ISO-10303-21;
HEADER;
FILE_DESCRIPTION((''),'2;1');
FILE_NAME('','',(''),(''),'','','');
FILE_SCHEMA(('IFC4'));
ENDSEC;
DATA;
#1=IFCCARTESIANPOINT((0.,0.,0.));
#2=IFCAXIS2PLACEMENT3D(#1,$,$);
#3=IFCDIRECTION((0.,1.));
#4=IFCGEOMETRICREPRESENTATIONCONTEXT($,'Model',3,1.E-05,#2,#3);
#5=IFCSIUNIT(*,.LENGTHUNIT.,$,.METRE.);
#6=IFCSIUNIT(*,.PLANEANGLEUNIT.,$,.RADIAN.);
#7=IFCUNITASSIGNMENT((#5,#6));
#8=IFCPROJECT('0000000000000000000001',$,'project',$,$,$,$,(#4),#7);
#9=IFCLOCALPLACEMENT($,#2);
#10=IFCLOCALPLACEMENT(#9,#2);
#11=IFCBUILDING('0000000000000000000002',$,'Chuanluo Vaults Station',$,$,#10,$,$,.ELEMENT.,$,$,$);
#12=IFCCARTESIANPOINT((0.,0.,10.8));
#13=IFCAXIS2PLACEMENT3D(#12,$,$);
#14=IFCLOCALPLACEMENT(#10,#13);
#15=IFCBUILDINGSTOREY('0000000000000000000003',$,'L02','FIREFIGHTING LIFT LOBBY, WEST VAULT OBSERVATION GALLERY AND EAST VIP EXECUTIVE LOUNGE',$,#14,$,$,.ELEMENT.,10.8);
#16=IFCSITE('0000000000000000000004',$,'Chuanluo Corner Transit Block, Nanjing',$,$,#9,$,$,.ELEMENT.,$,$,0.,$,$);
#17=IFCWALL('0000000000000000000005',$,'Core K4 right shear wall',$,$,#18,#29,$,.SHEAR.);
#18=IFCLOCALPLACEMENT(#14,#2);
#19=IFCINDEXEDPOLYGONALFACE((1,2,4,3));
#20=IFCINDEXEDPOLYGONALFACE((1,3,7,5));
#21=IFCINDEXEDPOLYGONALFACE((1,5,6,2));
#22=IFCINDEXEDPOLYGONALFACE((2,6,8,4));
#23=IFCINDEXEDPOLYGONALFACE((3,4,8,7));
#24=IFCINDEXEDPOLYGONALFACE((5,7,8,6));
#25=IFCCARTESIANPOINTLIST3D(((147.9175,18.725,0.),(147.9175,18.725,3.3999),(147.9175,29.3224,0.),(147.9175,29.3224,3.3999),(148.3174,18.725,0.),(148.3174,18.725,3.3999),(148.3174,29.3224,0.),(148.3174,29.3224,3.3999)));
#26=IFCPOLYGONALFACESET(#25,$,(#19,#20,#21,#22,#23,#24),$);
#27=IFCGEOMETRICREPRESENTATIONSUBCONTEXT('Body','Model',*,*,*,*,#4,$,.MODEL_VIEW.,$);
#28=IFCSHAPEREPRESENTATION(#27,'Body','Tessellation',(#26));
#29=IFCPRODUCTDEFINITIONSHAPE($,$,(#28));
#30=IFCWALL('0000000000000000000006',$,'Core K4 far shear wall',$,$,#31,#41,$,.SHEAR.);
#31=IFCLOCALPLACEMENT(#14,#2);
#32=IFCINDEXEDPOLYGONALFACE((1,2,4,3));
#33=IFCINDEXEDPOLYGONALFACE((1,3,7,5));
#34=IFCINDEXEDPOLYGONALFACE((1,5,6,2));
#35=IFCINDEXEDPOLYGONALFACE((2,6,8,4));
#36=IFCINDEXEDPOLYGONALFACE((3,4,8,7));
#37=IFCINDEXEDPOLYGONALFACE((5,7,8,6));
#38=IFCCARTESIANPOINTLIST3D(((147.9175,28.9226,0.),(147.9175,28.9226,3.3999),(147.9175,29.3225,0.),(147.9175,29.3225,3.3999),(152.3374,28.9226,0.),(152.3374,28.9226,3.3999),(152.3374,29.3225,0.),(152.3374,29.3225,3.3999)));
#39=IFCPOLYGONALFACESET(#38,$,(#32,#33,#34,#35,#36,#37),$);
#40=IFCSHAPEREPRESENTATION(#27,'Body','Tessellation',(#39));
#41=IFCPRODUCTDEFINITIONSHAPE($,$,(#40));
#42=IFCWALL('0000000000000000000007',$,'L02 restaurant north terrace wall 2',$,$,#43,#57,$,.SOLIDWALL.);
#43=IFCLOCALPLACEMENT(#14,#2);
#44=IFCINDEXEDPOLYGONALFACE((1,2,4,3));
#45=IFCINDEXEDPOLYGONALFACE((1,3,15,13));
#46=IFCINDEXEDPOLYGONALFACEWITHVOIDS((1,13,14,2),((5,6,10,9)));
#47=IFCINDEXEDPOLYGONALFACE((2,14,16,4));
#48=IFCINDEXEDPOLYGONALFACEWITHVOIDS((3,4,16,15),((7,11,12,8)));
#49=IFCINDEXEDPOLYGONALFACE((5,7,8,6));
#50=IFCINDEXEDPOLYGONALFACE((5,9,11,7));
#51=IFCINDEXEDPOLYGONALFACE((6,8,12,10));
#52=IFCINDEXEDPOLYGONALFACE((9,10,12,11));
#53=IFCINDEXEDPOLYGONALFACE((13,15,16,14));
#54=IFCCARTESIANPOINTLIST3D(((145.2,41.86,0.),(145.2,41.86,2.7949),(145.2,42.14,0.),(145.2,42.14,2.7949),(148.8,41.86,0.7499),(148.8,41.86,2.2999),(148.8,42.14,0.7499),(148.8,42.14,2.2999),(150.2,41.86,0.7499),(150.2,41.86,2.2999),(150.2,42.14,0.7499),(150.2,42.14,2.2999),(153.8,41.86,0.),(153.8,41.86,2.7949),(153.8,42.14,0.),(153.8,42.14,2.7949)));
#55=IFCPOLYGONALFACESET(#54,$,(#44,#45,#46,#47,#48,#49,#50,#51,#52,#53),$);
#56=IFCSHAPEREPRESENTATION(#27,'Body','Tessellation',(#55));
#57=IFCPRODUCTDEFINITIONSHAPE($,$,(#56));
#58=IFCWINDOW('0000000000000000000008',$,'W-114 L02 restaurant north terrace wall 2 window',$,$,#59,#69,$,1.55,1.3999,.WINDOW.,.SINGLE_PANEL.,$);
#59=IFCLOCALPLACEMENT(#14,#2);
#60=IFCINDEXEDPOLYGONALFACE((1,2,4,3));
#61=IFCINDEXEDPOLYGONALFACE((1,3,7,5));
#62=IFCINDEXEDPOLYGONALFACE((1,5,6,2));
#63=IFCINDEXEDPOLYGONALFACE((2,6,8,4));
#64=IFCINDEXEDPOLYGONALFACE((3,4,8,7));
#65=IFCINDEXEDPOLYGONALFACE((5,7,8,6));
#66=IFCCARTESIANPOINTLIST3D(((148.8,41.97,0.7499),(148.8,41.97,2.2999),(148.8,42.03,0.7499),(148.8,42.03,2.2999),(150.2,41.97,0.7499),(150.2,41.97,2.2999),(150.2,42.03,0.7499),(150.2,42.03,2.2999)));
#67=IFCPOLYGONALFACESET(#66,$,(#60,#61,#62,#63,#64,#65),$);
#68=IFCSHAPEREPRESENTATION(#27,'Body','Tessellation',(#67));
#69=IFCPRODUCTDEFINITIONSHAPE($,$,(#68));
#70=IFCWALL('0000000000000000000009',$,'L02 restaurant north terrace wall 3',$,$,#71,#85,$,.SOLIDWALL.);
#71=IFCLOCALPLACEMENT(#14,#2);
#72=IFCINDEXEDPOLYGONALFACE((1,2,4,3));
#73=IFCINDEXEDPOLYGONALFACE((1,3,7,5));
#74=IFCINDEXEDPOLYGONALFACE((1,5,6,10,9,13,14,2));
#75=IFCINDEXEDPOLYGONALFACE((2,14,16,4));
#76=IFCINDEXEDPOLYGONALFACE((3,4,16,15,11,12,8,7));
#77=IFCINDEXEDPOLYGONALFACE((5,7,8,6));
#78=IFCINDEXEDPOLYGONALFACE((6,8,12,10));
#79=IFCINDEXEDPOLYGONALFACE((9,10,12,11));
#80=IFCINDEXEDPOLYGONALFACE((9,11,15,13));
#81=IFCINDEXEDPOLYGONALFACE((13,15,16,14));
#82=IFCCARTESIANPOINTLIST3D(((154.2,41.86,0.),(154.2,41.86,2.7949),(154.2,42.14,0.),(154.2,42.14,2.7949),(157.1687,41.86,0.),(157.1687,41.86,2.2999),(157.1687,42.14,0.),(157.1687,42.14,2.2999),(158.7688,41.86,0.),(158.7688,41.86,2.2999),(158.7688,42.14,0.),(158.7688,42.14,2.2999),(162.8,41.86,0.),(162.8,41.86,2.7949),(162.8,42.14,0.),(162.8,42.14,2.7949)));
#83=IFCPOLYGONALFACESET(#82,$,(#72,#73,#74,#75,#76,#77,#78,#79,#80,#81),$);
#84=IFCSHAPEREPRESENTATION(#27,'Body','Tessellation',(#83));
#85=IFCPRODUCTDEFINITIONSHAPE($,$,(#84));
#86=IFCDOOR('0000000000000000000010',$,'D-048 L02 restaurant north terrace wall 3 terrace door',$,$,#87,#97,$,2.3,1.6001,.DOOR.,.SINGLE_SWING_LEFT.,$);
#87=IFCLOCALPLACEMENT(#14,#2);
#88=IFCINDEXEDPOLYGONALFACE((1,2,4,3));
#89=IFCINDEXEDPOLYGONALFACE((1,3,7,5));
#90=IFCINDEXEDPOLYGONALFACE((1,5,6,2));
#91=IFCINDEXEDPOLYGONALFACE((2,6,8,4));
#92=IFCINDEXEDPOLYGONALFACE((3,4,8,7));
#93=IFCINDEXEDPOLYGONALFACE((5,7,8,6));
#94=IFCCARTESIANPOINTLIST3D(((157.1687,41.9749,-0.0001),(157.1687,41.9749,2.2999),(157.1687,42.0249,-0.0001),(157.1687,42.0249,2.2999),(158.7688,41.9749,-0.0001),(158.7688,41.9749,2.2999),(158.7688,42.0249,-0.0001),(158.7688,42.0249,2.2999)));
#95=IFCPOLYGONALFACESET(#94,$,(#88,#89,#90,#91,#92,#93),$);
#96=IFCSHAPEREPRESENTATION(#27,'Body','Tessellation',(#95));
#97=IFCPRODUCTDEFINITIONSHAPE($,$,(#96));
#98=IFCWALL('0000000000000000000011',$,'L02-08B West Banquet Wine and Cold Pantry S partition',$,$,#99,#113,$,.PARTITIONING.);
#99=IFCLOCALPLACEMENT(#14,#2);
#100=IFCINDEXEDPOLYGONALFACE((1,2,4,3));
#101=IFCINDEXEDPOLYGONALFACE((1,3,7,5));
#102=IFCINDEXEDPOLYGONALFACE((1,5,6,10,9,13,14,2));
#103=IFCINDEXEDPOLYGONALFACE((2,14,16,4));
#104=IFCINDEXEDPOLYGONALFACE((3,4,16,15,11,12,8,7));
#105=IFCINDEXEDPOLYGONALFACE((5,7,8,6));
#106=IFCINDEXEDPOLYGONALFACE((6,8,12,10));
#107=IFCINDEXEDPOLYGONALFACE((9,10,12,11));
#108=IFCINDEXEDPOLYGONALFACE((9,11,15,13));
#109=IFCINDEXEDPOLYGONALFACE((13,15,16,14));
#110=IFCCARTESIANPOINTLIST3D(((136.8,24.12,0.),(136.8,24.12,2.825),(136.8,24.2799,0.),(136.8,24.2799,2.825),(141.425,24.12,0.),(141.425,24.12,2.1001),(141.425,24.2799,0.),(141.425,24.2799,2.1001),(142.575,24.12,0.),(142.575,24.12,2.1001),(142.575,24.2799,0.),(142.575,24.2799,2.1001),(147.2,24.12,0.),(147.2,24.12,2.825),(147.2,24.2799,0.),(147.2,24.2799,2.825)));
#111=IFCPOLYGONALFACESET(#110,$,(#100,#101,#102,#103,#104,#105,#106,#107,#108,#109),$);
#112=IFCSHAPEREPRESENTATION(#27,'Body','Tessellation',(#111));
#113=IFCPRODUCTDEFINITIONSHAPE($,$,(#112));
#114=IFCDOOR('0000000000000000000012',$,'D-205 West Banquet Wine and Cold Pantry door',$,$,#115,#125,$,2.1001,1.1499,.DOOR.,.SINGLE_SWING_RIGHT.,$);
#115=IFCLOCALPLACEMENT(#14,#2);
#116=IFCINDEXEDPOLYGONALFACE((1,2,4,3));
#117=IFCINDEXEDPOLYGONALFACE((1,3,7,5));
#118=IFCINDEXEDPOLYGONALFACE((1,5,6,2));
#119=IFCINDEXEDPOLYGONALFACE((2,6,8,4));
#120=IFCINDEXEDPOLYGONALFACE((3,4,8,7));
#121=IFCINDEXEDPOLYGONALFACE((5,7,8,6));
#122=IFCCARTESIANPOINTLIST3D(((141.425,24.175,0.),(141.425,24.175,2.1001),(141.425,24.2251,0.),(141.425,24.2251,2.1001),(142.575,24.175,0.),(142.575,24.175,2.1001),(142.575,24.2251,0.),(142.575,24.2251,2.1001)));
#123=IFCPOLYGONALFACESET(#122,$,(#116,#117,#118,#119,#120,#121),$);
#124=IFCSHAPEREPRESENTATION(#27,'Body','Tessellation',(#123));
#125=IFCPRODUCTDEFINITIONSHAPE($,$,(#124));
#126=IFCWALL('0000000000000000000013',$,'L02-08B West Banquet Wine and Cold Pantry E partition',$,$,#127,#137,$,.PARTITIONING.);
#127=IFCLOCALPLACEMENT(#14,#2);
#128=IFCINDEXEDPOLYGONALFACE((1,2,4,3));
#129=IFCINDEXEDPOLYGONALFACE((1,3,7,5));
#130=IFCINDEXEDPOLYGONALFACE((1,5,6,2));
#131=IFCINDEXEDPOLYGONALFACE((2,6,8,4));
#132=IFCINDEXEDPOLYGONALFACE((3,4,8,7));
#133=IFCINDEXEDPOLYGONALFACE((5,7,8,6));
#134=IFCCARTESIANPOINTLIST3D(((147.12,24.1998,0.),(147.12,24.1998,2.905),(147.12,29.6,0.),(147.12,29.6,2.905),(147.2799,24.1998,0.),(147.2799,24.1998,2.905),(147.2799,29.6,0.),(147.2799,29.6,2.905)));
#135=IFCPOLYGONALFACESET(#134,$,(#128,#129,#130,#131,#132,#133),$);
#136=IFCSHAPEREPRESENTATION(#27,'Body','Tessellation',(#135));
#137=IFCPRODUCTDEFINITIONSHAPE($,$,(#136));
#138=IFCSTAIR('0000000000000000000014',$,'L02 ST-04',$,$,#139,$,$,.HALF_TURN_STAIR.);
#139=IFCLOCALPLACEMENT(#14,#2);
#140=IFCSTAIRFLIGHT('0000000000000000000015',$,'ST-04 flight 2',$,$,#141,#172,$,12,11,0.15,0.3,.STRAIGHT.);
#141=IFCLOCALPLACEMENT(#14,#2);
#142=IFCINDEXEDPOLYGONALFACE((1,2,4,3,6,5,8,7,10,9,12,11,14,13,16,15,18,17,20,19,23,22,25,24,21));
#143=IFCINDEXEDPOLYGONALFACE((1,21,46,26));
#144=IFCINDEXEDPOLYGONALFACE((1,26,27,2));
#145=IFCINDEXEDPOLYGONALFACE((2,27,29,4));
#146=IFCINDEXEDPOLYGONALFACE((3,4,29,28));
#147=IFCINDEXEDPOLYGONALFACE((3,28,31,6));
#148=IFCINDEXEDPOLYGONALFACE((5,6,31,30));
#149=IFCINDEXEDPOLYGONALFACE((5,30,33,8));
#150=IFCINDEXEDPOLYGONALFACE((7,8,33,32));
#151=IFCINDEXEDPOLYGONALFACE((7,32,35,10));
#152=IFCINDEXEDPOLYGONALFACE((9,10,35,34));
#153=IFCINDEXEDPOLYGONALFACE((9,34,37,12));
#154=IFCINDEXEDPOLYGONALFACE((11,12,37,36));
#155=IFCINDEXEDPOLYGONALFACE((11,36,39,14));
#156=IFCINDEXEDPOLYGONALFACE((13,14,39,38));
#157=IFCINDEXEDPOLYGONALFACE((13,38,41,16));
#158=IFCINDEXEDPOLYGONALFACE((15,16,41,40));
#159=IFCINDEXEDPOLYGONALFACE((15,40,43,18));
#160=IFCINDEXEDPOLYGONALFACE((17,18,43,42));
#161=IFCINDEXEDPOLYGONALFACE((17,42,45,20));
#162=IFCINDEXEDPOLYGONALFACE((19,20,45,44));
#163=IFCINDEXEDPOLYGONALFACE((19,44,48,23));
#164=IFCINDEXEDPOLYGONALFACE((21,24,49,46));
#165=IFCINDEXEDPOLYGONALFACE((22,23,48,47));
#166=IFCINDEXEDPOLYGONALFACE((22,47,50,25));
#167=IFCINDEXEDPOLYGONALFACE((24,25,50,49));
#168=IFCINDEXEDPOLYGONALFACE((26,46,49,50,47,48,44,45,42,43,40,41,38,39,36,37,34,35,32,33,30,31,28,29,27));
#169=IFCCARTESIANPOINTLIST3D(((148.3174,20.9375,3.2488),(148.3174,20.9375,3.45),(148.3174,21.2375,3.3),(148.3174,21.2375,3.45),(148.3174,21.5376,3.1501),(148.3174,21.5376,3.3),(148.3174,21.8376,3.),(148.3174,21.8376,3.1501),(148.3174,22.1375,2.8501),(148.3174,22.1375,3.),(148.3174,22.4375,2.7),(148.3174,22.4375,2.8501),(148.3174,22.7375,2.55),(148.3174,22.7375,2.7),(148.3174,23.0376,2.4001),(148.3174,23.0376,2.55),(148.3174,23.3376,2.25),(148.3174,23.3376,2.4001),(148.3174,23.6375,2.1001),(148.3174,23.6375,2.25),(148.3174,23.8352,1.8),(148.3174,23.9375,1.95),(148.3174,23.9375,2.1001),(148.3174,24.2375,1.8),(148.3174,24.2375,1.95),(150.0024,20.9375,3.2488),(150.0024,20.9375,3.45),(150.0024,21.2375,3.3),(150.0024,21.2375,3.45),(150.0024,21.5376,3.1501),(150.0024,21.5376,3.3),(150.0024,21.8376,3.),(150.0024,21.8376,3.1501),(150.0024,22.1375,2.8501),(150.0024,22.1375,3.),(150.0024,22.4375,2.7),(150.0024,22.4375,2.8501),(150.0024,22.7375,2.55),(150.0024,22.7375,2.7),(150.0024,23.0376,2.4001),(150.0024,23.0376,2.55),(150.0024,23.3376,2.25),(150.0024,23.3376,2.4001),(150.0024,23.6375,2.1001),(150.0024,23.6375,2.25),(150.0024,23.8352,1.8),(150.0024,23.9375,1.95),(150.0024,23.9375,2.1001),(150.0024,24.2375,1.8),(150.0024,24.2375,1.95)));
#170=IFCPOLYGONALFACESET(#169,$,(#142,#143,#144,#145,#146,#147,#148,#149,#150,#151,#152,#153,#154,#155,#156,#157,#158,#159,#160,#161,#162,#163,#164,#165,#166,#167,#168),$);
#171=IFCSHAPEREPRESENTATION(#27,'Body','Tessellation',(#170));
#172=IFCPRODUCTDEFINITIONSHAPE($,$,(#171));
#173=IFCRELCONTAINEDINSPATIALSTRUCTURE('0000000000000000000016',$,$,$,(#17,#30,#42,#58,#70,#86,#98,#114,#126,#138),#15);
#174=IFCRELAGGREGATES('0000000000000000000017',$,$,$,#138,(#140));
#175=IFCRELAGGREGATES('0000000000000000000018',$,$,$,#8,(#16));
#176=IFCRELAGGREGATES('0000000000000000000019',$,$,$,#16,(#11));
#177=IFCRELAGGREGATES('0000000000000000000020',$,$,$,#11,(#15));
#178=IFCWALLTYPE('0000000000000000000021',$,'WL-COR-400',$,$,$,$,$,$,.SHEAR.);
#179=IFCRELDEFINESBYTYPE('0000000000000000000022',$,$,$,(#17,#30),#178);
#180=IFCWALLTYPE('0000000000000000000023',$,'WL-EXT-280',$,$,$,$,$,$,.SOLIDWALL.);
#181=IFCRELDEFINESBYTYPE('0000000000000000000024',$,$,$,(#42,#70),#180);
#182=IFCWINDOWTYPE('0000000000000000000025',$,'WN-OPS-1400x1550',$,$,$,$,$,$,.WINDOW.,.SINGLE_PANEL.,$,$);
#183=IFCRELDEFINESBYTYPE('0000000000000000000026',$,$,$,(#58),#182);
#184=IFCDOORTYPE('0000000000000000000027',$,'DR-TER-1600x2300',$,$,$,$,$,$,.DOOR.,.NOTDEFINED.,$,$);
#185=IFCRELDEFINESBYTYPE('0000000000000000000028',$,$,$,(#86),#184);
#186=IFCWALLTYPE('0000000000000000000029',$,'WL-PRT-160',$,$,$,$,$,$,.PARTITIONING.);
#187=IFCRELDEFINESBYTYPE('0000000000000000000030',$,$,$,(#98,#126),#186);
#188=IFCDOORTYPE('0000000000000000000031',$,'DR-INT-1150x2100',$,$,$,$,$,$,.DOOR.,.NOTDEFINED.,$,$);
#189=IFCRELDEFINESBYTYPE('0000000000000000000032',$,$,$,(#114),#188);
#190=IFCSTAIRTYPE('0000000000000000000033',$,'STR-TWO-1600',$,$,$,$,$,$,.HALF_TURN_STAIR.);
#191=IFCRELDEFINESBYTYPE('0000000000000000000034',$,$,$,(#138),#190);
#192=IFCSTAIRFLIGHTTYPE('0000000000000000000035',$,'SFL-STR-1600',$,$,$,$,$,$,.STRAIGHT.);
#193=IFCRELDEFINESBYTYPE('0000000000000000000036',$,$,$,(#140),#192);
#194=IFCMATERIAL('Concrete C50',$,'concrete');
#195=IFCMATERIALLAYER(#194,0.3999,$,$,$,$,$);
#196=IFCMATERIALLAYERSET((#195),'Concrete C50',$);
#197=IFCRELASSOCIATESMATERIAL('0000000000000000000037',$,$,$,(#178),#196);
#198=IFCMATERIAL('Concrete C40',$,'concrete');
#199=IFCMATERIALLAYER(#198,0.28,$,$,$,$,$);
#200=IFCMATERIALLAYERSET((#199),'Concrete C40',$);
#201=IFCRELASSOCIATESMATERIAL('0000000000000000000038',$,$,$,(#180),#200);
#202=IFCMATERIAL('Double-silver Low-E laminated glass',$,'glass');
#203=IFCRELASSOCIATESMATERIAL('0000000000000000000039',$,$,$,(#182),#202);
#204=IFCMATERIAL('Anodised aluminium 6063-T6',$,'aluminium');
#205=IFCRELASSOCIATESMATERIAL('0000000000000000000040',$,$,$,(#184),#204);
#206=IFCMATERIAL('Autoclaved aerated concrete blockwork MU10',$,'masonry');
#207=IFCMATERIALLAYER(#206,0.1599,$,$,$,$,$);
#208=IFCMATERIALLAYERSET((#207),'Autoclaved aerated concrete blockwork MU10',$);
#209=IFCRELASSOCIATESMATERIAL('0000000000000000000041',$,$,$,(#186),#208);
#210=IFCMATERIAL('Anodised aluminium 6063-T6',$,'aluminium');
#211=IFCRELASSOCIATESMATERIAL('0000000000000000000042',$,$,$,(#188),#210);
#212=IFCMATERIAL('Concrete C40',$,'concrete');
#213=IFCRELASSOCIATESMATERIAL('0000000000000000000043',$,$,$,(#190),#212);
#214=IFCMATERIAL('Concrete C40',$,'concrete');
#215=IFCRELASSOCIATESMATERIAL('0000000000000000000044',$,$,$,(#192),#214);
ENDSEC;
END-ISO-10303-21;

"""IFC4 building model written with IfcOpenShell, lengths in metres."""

from ifc_helpers import new_model, si_unit, direction, frame, frame_2d, origin, place, context, subcontext, project, spatial, polyline, rectangle, outline, extrude, material, layer, layer_set, type_object, element, fill, aggregate, save


model = new_model("IFC4")

# Units and contexts
model_context = context("Model", 3, precision=1e-05, world=origin(), true_north=direction((0.0, 1.0)))
body_context = subcontext(model_context, "Body", "Model", "MODEL_VIEW")
ifc_project = project(units=[si_unit("LENGTHUNIT", "METRE"), si_unit("PLANEANGLEUNIT", "RADIAN")], contexts=[model_context])

# Site, building, storey
site_placement = place(None, origin())
site = spatial("IfcSite", under=ifc_project, at=site_placement, Name="Chuanluo Corner Transit Block, Nanjing", CompositionType="ELEMENT", RefElevation=0.0)
building_placement = place(site_placement, origin())
building = spatial("IfcBuilding", under=site, at=building_placement, Name="Chuanluo Vaults Station", CompositionType="ELEMENT")
storey_placement = place(building_placement, frame((0.0, 0.0, 10.8)))
storey = spatial("IfcBuildingStorey", under=building, at=storey_placement, Name="L02", Description="FIREFIGHTING LIFT LOBBY, WEST VAULT OBSERVATION GALLERY AND EAST VIP EXECUTIVE LOUNGE", CompositionType="ELEMENT", Elevation=10.8)

# Walls
ifc_material_1 = material(Name="Concrete C50", Category="concrete")
ifc_layer_1 = layer(ifc_material_1, 0.3999)
ifc_layer_set_1 = layer_set([ifc_layer_1], Name="Concrete C50")
wall_type_1 = type_object("IfcWallType", Name="WL-COR-400", PredefinedType="SHEAR", material=ifc_layer_set_1)
wall_1_placement = place(storey_placement, frame((148.1174, 29.3225, 0.0), z_axis=(0.0, 0.0, 1.0), x_axis=(0.0, -1.0, 0.0)))
element("IfcWall", 1, at=wall_1_placement, inside=storey, type_object=wall_type_1, Name="Core K4 right shear wall", PredefinedType="SHEAR", context=body_context, shape_type="SweptSolid", body=[
    extrude(rectangle(XDim=10.5974, YDim=0.3999, at=frame_2d((5.2988, 0.0))), origin(), (0.0, 0.0, 1.0), 3.3999),
])
wall_2_placement = place(storey_placement, frame((152.3374, 29.1226, 0.0), z_axis=(0.0, 0.0, 1.0), x_axis=(-1.0, 0.0, 0.0)))
element("IfcWall", 2, at=wall_2_placement, inside=storey, type_object=wall_type_1, Name="Core K4 far shear wall", PredefinedType="SHEAR", context=body_context, shape_type="SweptSolid", body=[
    extrude(rectangle(XDim=4.4199, YDim=0.3999, at=frame_2d((2.21, 0.0))), origin(), (0.0, 0.0, 1.0), 3.3999),
])

# Wall, opening, window
ifc_material_2 = material(Name="Concrete C40", Category="concrete")
ifc_layer_2 = layer(ifc_material_2, 0.28)
ifc_layer_set_2 = layer_set([ifc_layer_2], Name="Concrete C40")
wall_type_2 = type_object("IfcWallType", Name="WL-EXT-280", PredefinedType="SOLIDWALL", material=ifc_layer_set_2)
wall_3_placement = place(storey_placement, frame((145.2, 42.0, 0.0), z_axis=(0.0, 0.0, 1.0), x_axis=(1.0, 0.0, 0.0)))
wall_3 = element("IfcWall", 3, at=wall_3_placement, inside=storey, type_object=wall_type_2, Name="L02 restaurant north terrace wall 2", PredefinedType="SOLIDWALL", context=body_context, shape_type="SweptSolid", body=[
    extrude(rectangle(XDim=8.6001, YDim=0.28, at=frame_2d((4.3, 0.0))), origin(), (0.0, 0.0, 1.0), 2.7949),
])
opening_1_placement = place(wall_3_placement, frame((3.6001, 0.0, 0.75)))
opening_1 = element("IfcOpeningElement", 4, at=opening_1_placement, cuts=wall_3, PredefinedType="OPENING", context=body_context, shape_type="SweptSolid", body=[
    extrude(rectangle(XDim=1.3999, YDim=1.55, at=frame_2d((0.7, 0.7749))), frame((0.0, 0.1501, 0.0), z_axis=(0.0, -1.0, 0.0), x_axis=(1.0, 0.0, 0.0)), (0.0, 0.0, 1.0), 0.3),
])
ifc_material_3 = material(Name="Double-silver Low-E laminated glass", Category="glass")
window_type = type_object("IfcWindowType", Name="WN-OPS-1400x1550", PartitioningType="SINGLE_PANEL", PredefinedType="WINDOW", material=ifc_material_3)
window_placement = place(opening_1_placement, origin())
window = element("IfcWindow", 5, at=window_placement, inside=storey, type_object=window_type, Name="W-114 L02 restaurant north terrace wall 2 window", OverallHeight=1.55, OverallWidth=1.3999, PartitioningType="SINGLE_PANEL", PredefinedType="WINDOW", context=body_context, shape_type="SweptSolid", body=[
    extrude(rectangle(XDim=1.3999, YDim=1.55, at=frame_2d((0.7, 0.7749))), frame((0.0, 0.03, 0.0), z_axis=(0.0, -1.0, 0.0), x_axis=(1.0, 0.0, 0.0)), (0.0, 0.0, 1.0), 0.0601),
])
fill(opening_1, window)

# Walls, openings, doors
wall_4_placement = place(storey_placement, frame((154.2, 42.0, 0.0), z_axis=(0.0, 0.0, 1.0), x_axis=(1.0, 0.0, 0.0)))
wall_4 = element("IfcWall", 6, at=wall_4_placement, inside=storey, type_object=wall_type_2, Name="L02 restaurant north terrace wall 3", PredefinedType="SOLIDWALL", context=body_context, shape_type="SweptSolid", body=[
    extrude(rectangle(XDim=8.6001, YDim=0.28, at=frame_2d((4.3, 0.0))), origin(), (0.0, 0.0, 1.0), 2.7949),
])
opening_2_placement = place(wall_4_placement, frame((2.9688, 0.0, 0.0)))
opening_2 = element("IfcOpeningElement", 7, at=opening_2_placement, cuts=wall_4, PredefinedType="OPENING", context=body_context, shape_type="SweptSolid", body=[
    extrude(rectangle(XDim=1.6001, YDim=2.3, at=frame_2d((0.8, 1.1499))), frame((0.0, 0.1501, 0.0), z_axis=(0.0, -1.0, 0.0), x_axis=(1.0, 0.0, 0.0)), (0.0, 0.0, 1.0), 0.3),
])
ifc_material_4 = material(Name="Anodised aluminium 6063-T6", Category="aluminium")
door_type_1 = type_object("IfcDoorType", Name="DR-TER-1600x2300", OperationType="NOTDEFINED", PredefinedType="DOOR", material=ifc_material_4)
door_1_placement = place(opening_2_placement, origin())
door_1 = element("IfcDoor", 8, at=door_1_placement, inside=storey, type_object=door_type_1, Name="D-048 L02 restaurant north terrace wall 3 terrace door", OperationType="SINGLE_SWING_LEFT", OverallHeight=2.3, OverallWidth=1.6001, PredefinedType="DOOR", context=body_context, shape_type="SweptSolid", body=[
    extrude(rectangle(XDim=1.6001, YDim=2.3, at=frame_2d((0.8, 1.1499))), frame((0.0, 0.0249, 0.0), z_axis=(0.0, -1.0, 0.0), x_axis=(1.0, 0.0, 0.0)), (0.0, 0.0, 1.0), 0.05),
])
fill(opening_2, door_1)
ifc_material_5 = material(Name="Autoclaved aerated concrete blockwork MU10", Category="masonry")
ifc_layer_3 = layer(ifc_material_5, 0.1599)
ifc_layer_set_3 = layer_set([ifc_layer_3], Name="Autoclaved aerated concrete blockwork MU10")
wall_type_3 = type_object("IfcWallType", Name="WL-PRT-160", PredefinedType="PARTITIONING", material=ifc_layer_set_3)
wall_5_placement = place(storey_placement, frame((147.2, 24.2, 0.0), z_axis=(0.0, 0.0, 1.0), x_axis=(-1.0, 0.0, 0.0)))
wall_5 = element("IfcWall", 9, at=wall_5_placement, inside=storey, type_object=wall_type_3, Name="L02-08B West Banquet Wine and Cold Pantry S partition", PredefinedType="PARTITIONING", context=body_context, shape_type="SweptSolid", body=[
    extrude(rectangle(XDim=10.3999, YDim=0.1599, at=frame_2d((5.2, 0.0))), origin(), (0.0, 0.0, 1.0), 2.825),
])
opening_3_placement = place(wall_5_placement, frame((4.625, 0.0, 0.0)))
opening_3 = element("IfcOpeningElement", 10, at=opening_3_placement, cuts=wall_5, PredefinedType="OPENING", context=body_context, shape_type="SweptSolid", body=[
    extrude(rectangle(XDim=1.1499, YDim=2.1001, at=frame_2d((0.575, 1.05))), frame((0.0, 0.0901, 0.0), z_axis=(0.0, -1.0, 0.0), x_axis=(1.0, 0.0, 0.0)), (0.0, 0.0, 1.0), 0.1799),
])
ifc_material_6 = material(Name="Anodised aluminium 6063-T6", Category="aluminium")
door_type_2 = type_object("IfcDoorType", Name="DR-INT-1150x2100", OperationType="NOTDEFINED", PredefinedType="DOOR", material=ifc_material_6)
door_2_placement = place(opening_3_placement, origin())
door_2 = element("IfcDoor", 11, at=door_2_placement, inside=storey, type_object=door_type_2, Name="D-205 West Banquet Wine and Cold Pantry door", OperationType="SINGLE_SWING_RIGHT", OverallHeight=2.1001, OverallWidth=1.1499, PredefinedType="DOOR", context=body_context, shape_type="SweptSolid", body=[
    extrude(rectangle(XDim=1.1499, YDim=2.1001, at=frame_2d((0.575, 1.05))), frame((0.0, 0.0249, 0.0), z_axis=(0.0, -1.0, 0.0), x_axis=(1.0, 0.0, 0.0)), (0.0, 0.0, 1.0), 0.05),
])
fill(opening_3, door_2)

# Wall
wall_6_placement = place(storey_placement, frame((147.2, 29.6001, 0.0), z_axis=(0.0, 0.0, 1.0), x_axis=(0.0, -1.0, 0.0)))
element("IfcWall", 12, at=wall_6_placement, inside=storey, type_object=wall_type_3, Name="L02-08B West Banquet Wine and Cold Pantry E partition", PredefinedType="PARTITIONING", context=body_context, shape_type="SweptSolid", body=[
    extrude(rectangle(XDim=5.4001, YDim=0.1599, at=frame_2d((2.7002, 0.0))), origin(), (0.0, 0.0, 1.0), 2.905),
])

# Stair, stair flight
ifc_material_7 = material(Name="Concrete C40", Category="concrete")
stair_type = type_object("IfcStairType", Name="STR-TWO-1600", PredefinedType="HALF_TURN_STAIR", material=ifc_material_7)
stair_placement = place(storey_placement, origin())
stair = element("IfcStair", 13, at=stair_placement, inside=storey, type_object=stair_type, Name="L02 ST-04", PredefinedType="HALF_TURN_STAIR")
ifc_material_8 = material(Name="Concrete C40", Category="concrete")
stair_flight_type = type_object("IfcStairFlightType", Name="SFL-STR-1600", PredefinedType="STRAIGHT", material=ifc_material_8)
stair_flight_placement = place(storey_placement, frame((149.1599, 24.2375, 1.8), z_axis=(0.0, 0.0, 1.0), x_axis=(0.0, -1.0, 0.0)))
stair_flight = element("IfcStairFlight", 14, at=stair_flight_placement, type_object=stair_flight_type, Name="ST-04 flight 2", NumberOfRisers=12, NumberOfTreads=11, PredefinedType="STRAIGHT", RiserHeight=0.15, TreadLength=0.3, context=body_context, shape_type="SweptSolid", body=[
    extrude(outline(polyline([(0.0, 0.0), (0.0, 0.1499), (0.3, 0.1499), (0.3, 0.3), (0.6001, 0.3), (0.6001, 0.45), (0.8999, 0.45), (0.8999, 0.6001), (1.2, 0.6001), (1.2, 0.75), (1.5, 0.75), (1.5, 0.8999), (1.8, 0.8999), (1.8, 1.05), (2.1001, 1.05), (2.1001, 1.2), (2.3999, 1.2), (2.3999, 1.3501), (2.7, 1.3501), (2.7, 1.5), (3.0, 1.5), (3.0, 1.6499), (3.3, 1.6499), (3.3, 1.8), (3.3, 1.4487), (0.4023, 0.0), (0.0, 0.0)])), frame((0.0, 0.8425, 0.0), z_axis=(0.0, -1.0, 0.0), x_axis=(1.0, 0.0, 0.0)), (0.0, 0.0, 1.0), 1.6851),
])
aggregate(stair, [stair_flight])

save(model, "model.ifc")
